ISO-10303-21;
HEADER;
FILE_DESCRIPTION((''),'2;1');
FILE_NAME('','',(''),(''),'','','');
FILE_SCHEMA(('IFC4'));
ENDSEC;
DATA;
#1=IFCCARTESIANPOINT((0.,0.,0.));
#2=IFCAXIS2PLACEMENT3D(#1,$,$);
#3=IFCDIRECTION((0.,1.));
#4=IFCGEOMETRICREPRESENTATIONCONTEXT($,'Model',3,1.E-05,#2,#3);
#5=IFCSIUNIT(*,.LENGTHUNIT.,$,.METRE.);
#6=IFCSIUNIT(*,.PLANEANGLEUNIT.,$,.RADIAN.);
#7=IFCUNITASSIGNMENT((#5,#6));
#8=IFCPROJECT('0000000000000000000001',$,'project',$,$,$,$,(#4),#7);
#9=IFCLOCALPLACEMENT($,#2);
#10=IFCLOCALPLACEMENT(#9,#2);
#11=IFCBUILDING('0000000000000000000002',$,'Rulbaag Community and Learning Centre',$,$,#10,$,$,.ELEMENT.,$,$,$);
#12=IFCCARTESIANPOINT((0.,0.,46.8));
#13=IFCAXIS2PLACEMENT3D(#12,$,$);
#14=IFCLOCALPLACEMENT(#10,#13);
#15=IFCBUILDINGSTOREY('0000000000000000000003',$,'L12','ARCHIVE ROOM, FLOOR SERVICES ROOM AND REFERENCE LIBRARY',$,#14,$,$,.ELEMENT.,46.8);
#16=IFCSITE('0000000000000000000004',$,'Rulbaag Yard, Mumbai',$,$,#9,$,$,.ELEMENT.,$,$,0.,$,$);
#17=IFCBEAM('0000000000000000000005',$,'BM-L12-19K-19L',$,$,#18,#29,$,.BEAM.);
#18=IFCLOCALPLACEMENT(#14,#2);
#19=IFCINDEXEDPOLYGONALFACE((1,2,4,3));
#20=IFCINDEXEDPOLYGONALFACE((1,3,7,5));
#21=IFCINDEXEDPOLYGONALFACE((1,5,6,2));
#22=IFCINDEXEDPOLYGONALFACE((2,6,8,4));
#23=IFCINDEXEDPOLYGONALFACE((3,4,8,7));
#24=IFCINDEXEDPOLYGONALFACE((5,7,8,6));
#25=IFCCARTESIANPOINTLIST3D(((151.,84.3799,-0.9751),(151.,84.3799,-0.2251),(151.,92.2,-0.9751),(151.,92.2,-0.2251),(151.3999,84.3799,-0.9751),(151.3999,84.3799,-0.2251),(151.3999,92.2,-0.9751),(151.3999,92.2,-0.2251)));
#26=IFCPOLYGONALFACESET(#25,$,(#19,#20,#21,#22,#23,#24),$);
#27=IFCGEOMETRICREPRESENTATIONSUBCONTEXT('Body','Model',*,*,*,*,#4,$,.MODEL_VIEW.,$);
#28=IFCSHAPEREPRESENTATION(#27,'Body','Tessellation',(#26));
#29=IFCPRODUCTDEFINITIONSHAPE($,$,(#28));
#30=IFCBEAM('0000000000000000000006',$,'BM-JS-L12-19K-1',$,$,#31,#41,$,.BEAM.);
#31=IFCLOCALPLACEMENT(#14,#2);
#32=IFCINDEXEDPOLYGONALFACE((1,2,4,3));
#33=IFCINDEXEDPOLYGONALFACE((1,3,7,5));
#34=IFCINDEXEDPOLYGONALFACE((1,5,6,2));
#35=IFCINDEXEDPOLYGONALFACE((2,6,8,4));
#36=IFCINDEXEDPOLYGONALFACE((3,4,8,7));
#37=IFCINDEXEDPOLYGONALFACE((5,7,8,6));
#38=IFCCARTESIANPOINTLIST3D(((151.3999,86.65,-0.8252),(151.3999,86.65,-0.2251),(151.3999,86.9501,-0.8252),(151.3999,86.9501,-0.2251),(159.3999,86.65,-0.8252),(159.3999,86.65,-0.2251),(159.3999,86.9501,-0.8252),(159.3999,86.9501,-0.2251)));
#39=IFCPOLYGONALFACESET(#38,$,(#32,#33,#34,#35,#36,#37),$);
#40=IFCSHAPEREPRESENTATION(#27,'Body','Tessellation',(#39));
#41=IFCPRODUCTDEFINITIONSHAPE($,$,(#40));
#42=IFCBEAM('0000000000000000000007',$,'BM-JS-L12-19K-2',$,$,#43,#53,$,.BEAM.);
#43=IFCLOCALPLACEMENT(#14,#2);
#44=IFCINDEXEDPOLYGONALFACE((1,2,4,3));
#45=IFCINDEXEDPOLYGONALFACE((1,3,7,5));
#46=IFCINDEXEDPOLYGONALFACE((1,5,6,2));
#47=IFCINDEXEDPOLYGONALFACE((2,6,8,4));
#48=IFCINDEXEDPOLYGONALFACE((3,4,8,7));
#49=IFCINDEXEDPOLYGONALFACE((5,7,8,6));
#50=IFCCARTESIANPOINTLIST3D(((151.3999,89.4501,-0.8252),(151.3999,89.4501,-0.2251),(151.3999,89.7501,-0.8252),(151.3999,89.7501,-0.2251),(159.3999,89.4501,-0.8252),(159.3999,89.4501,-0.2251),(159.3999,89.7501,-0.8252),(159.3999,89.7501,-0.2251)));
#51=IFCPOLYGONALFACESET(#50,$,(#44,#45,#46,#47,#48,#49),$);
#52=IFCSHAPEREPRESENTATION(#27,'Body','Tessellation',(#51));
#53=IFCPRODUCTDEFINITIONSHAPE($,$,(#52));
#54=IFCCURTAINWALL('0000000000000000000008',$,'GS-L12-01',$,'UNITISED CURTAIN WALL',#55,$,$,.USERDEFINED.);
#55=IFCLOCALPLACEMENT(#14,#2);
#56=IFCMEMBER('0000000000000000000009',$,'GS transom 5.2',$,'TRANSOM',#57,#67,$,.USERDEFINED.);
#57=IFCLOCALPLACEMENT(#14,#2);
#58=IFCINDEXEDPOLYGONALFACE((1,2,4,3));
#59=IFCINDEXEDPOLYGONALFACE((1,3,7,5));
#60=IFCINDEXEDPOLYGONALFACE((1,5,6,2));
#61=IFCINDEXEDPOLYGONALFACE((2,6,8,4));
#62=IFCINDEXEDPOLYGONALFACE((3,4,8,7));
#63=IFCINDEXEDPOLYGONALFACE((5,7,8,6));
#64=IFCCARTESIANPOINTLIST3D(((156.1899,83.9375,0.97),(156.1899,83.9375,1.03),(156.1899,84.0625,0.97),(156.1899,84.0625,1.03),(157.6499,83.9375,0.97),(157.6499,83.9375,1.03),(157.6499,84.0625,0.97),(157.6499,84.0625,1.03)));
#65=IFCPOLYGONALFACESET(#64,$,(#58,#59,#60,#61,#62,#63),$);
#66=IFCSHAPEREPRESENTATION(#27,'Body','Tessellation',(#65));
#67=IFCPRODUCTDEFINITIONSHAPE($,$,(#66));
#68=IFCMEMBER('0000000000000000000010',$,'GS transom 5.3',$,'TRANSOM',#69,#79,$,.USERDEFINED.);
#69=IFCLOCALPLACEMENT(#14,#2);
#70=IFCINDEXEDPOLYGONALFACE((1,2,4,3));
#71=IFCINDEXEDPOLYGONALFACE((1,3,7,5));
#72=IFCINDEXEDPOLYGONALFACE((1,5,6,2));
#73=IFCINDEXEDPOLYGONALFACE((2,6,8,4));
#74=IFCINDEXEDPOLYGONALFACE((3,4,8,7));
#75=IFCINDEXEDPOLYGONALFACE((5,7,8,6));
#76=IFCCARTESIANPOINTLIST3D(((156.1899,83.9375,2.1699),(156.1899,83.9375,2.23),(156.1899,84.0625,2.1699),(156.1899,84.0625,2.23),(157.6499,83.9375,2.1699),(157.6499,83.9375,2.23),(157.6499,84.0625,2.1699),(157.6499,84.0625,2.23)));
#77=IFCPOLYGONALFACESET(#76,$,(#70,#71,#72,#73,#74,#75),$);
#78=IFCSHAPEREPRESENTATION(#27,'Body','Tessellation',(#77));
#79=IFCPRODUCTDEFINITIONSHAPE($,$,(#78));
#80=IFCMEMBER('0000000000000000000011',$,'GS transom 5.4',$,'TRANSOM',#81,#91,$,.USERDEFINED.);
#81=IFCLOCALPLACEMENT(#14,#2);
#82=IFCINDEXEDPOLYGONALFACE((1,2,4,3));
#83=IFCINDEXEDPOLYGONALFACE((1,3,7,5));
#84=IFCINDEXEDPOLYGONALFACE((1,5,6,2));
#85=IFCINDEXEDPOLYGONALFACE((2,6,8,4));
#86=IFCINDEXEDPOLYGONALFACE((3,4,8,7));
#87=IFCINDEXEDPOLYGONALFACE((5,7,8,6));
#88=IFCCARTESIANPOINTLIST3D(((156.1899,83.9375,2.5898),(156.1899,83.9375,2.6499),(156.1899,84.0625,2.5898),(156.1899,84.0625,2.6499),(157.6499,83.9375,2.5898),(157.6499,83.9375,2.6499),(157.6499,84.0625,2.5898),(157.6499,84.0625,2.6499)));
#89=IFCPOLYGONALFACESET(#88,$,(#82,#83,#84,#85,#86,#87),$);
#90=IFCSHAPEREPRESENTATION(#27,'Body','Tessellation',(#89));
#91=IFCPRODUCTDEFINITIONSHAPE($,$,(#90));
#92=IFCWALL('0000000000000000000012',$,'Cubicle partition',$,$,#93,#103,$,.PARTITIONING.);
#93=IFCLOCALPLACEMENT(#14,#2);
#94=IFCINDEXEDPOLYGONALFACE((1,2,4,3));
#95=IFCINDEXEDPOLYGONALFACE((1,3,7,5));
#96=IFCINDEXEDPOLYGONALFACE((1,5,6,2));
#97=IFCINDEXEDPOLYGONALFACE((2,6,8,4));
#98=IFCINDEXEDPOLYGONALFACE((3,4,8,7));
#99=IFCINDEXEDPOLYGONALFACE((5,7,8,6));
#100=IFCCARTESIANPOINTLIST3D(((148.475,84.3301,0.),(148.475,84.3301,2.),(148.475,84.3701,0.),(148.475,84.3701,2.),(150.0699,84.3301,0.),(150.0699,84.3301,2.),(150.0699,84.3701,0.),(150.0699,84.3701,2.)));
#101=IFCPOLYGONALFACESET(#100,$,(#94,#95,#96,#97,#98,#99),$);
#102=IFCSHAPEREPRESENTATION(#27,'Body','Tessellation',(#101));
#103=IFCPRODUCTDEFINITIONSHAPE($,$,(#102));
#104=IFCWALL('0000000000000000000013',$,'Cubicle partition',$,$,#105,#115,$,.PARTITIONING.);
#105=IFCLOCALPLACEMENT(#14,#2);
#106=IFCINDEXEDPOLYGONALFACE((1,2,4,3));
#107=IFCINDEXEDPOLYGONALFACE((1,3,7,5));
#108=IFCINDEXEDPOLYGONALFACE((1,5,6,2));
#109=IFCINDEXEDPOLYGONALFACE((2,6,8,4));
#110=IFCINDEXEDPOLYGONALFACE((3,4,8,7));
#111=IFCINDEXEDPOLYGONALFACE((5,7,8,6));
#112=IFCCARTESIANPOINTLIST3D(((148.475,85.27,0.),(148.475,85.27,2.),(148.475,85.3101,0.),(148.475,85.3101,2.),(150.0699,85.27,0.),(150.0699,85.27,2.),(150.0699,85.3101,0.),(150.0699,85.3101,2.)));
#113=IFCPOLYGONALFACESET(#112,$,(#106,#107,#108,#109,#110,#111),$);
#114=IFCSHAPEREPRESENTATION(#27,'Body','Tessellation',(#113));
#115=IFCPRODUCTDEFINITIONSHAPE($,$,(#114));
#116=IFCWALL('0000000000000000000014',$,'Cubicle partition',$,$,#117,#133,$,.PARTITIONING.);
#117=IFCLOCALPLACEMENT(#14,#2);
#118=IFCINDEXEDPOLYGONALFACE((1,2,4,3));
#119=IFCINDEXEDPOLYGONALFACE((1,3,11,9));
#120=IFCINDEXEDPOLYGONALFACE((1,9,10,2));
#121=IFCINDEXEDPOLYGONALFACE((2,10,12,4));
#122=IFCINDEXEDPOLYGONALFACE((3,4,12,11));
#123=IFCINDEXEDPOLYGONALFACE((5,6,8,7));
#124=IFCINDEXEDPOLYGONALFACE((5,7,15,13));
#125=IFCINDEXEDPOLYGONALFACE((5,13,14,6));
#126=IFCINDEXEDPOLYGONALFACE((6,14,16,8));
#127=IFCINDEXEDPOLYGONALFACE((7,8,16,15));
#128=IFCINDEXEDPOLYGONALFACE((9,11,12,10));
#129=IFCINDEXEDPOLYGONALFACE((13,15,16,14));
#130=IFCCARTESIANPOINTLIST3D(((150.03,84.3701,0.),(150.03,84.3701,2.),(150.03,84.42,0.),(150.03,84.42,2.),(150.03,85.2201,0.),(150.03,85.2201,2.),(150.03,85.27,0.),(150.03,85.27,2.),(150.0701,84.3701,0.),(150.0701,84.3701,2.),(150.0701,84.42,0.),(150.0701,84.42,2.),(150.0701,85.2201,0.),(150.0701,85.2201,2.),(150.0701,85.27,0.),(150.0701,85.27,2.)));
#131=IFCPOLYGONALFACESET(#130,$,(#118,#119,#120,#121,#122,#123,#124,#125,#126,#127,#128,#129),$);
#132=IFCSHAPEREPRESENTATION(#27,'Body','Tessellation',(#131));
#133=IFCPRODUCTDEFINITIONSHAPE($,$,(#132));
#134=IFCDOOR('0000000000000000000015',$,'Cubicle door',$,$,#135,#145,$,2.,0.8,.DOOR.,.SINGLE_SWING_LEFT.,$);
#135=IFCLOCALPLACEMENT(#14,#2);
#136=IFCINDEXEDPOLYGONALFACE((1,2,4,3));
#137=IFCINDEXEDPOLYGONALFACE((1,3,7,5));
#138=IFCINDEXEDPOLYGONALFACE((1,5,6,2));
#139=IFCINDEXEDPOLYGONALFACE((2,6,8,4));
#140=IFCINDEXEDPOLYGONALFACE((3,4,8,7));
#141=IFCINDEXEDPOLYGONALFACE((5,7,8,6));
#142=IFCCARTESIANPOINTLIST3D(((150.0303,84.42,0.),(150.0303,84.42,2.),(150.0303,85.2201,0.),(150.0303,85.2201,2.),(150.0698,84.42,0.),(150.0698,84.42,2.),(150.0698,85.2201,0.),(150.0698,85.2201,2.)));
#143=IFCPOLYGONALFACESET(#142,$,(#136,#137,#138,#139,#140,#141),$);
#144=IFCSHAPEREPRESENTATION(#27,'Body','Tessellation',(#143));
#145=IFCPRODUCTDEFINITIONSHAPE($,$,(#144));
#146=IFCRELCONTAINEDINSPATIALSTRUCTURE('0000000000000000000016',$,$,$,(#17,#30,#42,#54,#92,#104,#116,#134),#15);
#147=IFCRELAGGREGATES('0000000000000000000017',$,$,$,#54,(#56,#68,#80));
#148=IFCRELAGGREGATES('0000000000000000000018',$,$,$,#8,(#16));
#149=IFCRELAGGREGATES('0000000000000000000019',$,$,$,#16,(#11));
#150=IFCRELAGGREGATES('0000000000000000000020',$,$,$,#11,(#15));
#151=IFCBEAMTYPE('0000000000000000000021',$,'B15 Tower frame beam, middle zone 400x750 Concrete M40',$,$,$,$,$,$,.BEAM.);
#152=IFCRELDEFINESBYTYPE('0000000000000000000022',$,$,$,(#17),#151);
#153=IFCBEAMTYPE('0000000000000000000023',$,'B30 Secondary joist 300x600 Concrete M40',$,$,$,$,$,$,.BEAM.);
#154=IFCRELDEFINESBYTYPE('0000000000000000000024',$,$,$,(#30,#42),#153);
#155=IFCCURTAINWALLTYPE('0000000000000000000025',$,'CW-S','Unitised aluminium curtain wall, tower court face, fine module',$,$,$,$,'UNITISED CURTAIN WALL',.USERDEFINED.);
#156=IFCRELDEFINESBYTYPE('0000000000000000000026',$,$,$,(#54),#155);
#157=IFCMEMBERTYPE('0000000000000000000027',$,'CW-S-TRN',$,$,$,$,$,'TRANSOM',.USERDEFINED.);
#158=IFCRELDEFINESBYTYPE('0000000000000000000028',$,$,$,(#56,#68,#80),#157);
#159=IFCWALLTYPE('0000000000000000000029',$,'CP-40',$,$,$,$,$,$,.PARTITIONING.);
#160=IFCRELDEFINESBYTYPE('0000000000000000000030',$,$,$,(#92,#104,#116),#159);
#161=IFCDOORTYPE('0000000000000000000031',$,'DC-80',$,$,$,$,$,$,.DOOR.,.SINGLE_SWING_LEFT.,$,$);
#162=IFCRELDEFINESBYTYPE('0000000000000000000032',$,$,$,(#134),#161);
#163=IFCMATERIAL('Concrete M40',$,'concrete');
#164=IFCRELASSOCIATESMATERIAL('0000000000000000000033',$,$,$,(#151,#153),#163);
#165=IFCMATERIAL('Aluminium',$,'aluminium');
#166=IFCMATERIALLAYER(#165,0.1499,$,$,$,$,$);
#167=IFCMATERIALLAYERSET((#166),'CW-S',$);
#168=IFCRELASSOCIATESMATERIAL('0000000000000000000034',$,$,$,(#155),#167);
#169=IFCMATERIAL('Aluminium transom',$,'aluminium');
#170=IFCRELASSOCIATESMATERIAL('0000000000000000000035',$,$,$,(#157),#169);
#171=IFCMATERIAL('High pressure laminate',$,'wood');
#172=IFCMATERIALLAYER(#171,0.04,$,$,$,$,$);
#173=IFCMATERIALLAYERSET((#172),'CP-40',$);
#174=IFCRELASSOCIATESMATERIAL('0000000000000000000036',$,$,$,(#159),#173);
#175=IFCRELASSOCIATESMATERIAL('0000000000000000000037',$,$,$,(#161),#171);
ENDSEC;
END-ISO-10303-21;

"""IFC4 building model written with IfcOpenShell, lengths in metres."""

from ifc_helpers import new_model, si_unit, direction, frame, frame_2d, origin, origin_2d, place, context, subcontext, project, spatial, rectangle, extrude, material, layer, layer_set, material_profile, profile_set, type_object, element, fill, aggregate, save


model = new_model("IFC4")

# Units and contexts
model_context = context("Model", 3, precision=1e-05, world=origin(), true_north=direction((0.0, 1.0)))
body_context = subcontext(model_context, "Body", "Model", "MODEL_VIEW")
ifc_project = project(units=[si_unit("LENGTHUNIT", "METRE"), si_unit("PLANEANGLEUNIT", "RADIAN")], contexts=[model_context])

# Site, building, storey
site_placement = place(None, origin())
site = spatial("IfcSite", under=ifc_project, at=site_placement, Name="Rulbaag Yard, Mumbai", CompositionType="ELEMENT", RefElevation=0.0)
building_placement = place(site_placement, origin())
building = spatial("IfcBuilding", under=site, at=building_placement, Name="Rulbaag Community and Learning Centre", CompositionType="ELEMENT")
storey_placement = place(building_placement, frame((0.0, 0.0, 46.8)))
storey = spatial("IfcBuildingStorey", under=building, at=storey_placement, Name="L12", Description="ARCHIVE ROOM, FLOOR SERVICES ROOM AND REFERENCE LIBRARY", CompositionType="ELEMENT", Elevation=46.8)

# Beams
ifc_material_1 = material(Name="Concrete M40", Category="concrete")
ifc_material_profile_1 = material_profile(ifc_material_1, rectangle(XDim=0.3999, YDim=0.75, at=origin_2d()), Name="RB400x750")
ifc_profile_set_1 = profile_set([ifc_material_profile_1], Name="Concrete M40")
beam_type_1 = type_object("IfcBeamType", Name="B15 Tower frame beam, middle zone 400x750 Concrete M40", PredefinedType="BEAM", material=ifc_profile_set_1)
beam_placement = place(storey_placement, frame((151.2, 84.3799, -0.6001), z_axis=(0.0, 1.0, 0.0), x_axis=(-1.0, 0.0, 0.0)))
element("IfcBeam", 1, at=beam_placement, inside=storey, type_object=beam_type_1, Name="BM-L12-19K-19L", PredefinedType="BEAM", context=body_context, shape_type="SweptSolid", body=[
    extrude(rectangle(XDim=0.3999, YDim=0.75, at=origin_2d()), origin(), (0.0, 0.0, 1.0), 7.8201),
])
ifc_material_profile_2 = material_profile(ifc_material_1, rectangle(XDim=0.3, YDim=0.6001, at=origin_2d()), Name="RB300x600")
ifc_profile_set_2 = profile_set([ifc_material_profile_2], Name="Concrete M40")
beam_type_2 = type_object("IfcBeamType", Name="B30 Secondary joist 300x600 Concrete M40", PredefinedType="BEAM", material=ifc_profile_set_2)
for number, where, z_axis, x_axis, name in (
    (2, (151.3999, 86.8, -0.5251), (1.0, 0.0, 0.0), (0.0, 1.0, 0.0), "BM-JS-L12-19K-1"),
    (3, (151.3999, 89.6001, -0.5251), (1.0, 0.0, 0.0), (0.0, 1.0, 0.0), "BM-JS-L12-19K-2"),
):
    element("IfcBeam", number, at=place(storey_placement, frame(where, z_axis=z_axis, x_axis=x_axis)), inside=storey, type_object=beam_type_2, Name=name, PredefinedType="BEAM", context=body_context, shape_type="SweptSolid", body=[
        extrude(rectangle(XDim=0.3, YDim=0.6001, at=origin_2d()), origin(), (0.0, 0.0, 1.0), 8.0),
    ])

# Curtain wall, members
ifc_material_2 = material(Name="Aluminium", Category="aluminium")
ifc_layer_1 = layer(ifc_material_2, 0.1499)
ifc_layer_set_1 = layer_set([ifc_layer_1], Name="CW-S")
curtain_wall_type = type_object("IfcCurtainWallType", Name="CW-S", Description="Unitised aluminium curtain wall, tower court face, fine module", ElementType="UNITISED CURTAIN WALL", PredefinedType="USERDEFINED", material=ifc_layer_set_1)
curtain_wall_placement = place(storey_placement, origin())
curtain_wall = element("IfcCurtainWall", 4, at=curtain_wall_placement, inside=storey, type_object=curtain_wall_type, Name="GS-L12-01", ObjectType="UNITISED CURTAIN WALL", PredefinedType="USERDEFINED")
ifc_material_3 = material(Name="Aluminium transom", Category="aluminium")
ifc_material_profile_3 = material_profile(ifc_material_3, rectangle(XDim=0.125, YDim=0.0601, at=origin_2d()), Name="AL 60x125 T")
ifc_profile_set_3 = profile_set([ifc_material_profile_3], Name="Aluminium transom")
member_type = type_object("IfcMemberType", Name="CW-S-TRN", ElementType="TRANSOM", PredefinedType="USERDEFINED", material=ifc_profile_set_3)
member_1_placement = place(storey_placement, frame((156.1899, 84.0, 1.0), z_axis=(1.0, 0.0, 0.0), x_axis=(0.0, 1.0, 0.0)))
member_1 = element("IfcMember", 5, at=member_1_placement, type_object=member_type, Name="GS transom 5.2", ObjectType="TRANSOM", PredefinedType="USERDEFINED", context=body_context, shape_type="SweptSolid", body=[
    extrude(rectangle(XDim=0.125, YDim=0.0601, at=origin_2d()), origin(), (0.0, 0.0, 1.0), 1.46),
])
member_2_placement = place(storey_placement, frame((156.1899, 84.0, 2.2), z_axis=(1.0, 0.0, 0.0), x_axis=(0.0, 1.0, 0.0)))
member_2 = element("IfcMember", 6, at=member_2_placement, type_object=member_type, Name="GS transom 5.3", ObjectType="TRANSOM", PredefinedType="USERDEFINED", context=body_context, shape_type="SweptSolid", body=[
    extrude(rectangle(XDim=0.125, YDim=0.0601, at=origin_2d()), origin(), (0.0, 0.0, 1.0), 1.46),
])
member_3_placement = place(storey_placement, frame((156.1899, 84.0, 2.6199), z_axis=(1.0, 0.0, 0.0), x_axis=(0.0, 1.0, 0.0)))
member_3 = element("IfcMember", 7, at=member_3_placement, type_object=member_type, Name="GS transom 5.4", ObjectType="TRANSOM", PredefinedType="USERDEFINED", context=body_context, shape_type="SweptSolid", body=[
    extrude(rectangle(XDim=0.125, YDim=0.0601, at=origin_2d()), origin(), (0.0, 0.0, 1.0), 1.46),
])
aggregate(curtain_wall, [member_1, member_2, member_3])

# Walls
ifc_material_4 = material(Name="High pressure laminate", Category="wood")
ifc_layer_2 = layer(ifc_material_4, 0.04)
ifc_layer_set_2 = layer_set([ifc_layer_2], Name="CP-40")
wall_type_1 = type_object("IfcWallType", Name="CP-40", PredefinedType="PARTITIONING", material=ifc_layer_set_2)
for number, where, z_axis, x_axis, name in (
    (8, (148.4751, 84.3501, 0.0), (0.0, 0.0, 1.0), (1.0, 0.0, 0.0), "Cubicle partition"),
    (9, (148.4751, 85.29, 0.0), (0.0, 0.0, 1.0), (1.0, 0.0, 0.0), "Cubicle partition"),
):
    element("IfcWall", number, at=place(storey_placement, frame(where, z_axis=z_axis, x_axis=x_axis)), inside=storey, type_object=wall_type_1, Name=name, PredefinedType="PARTITIONING", context=body_context, shape_type="SweptSolid", body=[
        extrude(rectangle(XDim=1.595, YDim=0.04, at=frame_2d((0.7974, 0.0))), origin(), (0.0, 0.0, 1.0), 2.0),
    ])

# Wall, opening, door
wall_1_placement = place(storey_placement, frame((150.05, 84.3701, 0.0), z_axis=(0.0, 0.0, 1.0), x_axis=(0.0, 1.0, 0.0)))
wall_1 = element("IfcWall", 10, at=wall_1_placement, inside=storey, type_object=wall_type_1, Name="Cubicle partition", PredefinedType="PARTITIONING", context=body_context, shape_type="SweptSolid", body=[
    extrude(rectangle(XDim=0.8999, YDim=0.04, at=frame_2d((0.45, 0.0))), origin(), (0.0, 0.0, 1.0), 2.0),
])
opening_1_placement = place(wall_1_placement, frame((0.05, 0.0, 0.0)))
opening_1 = element("IfcOpeningElement", 11, at=opening_1_placement, cuts=wall_1, PredefinedType="OPENING", context=body_context, shape_type="SweptSolid", body=[
    extrude(rectangle(XDim=0.8, YDim=2.0, at=frame_2d((0.3999, 1.0))), frame((0.0, 0.03, 0.0), z_axis=(0.0, -1.0, 0.0), x_axis=(1.0, 0.0, 0.0)), (0.0, 0.0, 1.0), 0.0601),
])
door_type_1 = type_object("IfcDoorType", Name="DC-80", OperationType="SINGLE_SWING_LEFT", PredefinedType="DOOR", material=ifc_material_4)
door_1_placement = place(opening_1_placement, origin())
door_1 = element("IfcDoor", 12, at=door_1_placement, inside=storey, type_object=door_type_1, Name="Cubicle door", OperationType="SINGLE_SWING_LEFT", OverallHeight=2.0, OverallWidth=0.8, PredefinedType="DOOR", context=body_context, shape_type="SweptSolid", body=[
    extrude(rectangle(XDim=0.8, YDim=2.0, at=frame_2d((0.3999, 1.0))), frame((0.0, 0.0198, 0.0), z_axis=(0.0, -1.0, 0.0), x_axis=(1.0, 0.0, 0.0)), (0.0, 0.0, 1.0), 0.0396),
])
fill(opening_1, door_1)

save(model, "model.ifc")
